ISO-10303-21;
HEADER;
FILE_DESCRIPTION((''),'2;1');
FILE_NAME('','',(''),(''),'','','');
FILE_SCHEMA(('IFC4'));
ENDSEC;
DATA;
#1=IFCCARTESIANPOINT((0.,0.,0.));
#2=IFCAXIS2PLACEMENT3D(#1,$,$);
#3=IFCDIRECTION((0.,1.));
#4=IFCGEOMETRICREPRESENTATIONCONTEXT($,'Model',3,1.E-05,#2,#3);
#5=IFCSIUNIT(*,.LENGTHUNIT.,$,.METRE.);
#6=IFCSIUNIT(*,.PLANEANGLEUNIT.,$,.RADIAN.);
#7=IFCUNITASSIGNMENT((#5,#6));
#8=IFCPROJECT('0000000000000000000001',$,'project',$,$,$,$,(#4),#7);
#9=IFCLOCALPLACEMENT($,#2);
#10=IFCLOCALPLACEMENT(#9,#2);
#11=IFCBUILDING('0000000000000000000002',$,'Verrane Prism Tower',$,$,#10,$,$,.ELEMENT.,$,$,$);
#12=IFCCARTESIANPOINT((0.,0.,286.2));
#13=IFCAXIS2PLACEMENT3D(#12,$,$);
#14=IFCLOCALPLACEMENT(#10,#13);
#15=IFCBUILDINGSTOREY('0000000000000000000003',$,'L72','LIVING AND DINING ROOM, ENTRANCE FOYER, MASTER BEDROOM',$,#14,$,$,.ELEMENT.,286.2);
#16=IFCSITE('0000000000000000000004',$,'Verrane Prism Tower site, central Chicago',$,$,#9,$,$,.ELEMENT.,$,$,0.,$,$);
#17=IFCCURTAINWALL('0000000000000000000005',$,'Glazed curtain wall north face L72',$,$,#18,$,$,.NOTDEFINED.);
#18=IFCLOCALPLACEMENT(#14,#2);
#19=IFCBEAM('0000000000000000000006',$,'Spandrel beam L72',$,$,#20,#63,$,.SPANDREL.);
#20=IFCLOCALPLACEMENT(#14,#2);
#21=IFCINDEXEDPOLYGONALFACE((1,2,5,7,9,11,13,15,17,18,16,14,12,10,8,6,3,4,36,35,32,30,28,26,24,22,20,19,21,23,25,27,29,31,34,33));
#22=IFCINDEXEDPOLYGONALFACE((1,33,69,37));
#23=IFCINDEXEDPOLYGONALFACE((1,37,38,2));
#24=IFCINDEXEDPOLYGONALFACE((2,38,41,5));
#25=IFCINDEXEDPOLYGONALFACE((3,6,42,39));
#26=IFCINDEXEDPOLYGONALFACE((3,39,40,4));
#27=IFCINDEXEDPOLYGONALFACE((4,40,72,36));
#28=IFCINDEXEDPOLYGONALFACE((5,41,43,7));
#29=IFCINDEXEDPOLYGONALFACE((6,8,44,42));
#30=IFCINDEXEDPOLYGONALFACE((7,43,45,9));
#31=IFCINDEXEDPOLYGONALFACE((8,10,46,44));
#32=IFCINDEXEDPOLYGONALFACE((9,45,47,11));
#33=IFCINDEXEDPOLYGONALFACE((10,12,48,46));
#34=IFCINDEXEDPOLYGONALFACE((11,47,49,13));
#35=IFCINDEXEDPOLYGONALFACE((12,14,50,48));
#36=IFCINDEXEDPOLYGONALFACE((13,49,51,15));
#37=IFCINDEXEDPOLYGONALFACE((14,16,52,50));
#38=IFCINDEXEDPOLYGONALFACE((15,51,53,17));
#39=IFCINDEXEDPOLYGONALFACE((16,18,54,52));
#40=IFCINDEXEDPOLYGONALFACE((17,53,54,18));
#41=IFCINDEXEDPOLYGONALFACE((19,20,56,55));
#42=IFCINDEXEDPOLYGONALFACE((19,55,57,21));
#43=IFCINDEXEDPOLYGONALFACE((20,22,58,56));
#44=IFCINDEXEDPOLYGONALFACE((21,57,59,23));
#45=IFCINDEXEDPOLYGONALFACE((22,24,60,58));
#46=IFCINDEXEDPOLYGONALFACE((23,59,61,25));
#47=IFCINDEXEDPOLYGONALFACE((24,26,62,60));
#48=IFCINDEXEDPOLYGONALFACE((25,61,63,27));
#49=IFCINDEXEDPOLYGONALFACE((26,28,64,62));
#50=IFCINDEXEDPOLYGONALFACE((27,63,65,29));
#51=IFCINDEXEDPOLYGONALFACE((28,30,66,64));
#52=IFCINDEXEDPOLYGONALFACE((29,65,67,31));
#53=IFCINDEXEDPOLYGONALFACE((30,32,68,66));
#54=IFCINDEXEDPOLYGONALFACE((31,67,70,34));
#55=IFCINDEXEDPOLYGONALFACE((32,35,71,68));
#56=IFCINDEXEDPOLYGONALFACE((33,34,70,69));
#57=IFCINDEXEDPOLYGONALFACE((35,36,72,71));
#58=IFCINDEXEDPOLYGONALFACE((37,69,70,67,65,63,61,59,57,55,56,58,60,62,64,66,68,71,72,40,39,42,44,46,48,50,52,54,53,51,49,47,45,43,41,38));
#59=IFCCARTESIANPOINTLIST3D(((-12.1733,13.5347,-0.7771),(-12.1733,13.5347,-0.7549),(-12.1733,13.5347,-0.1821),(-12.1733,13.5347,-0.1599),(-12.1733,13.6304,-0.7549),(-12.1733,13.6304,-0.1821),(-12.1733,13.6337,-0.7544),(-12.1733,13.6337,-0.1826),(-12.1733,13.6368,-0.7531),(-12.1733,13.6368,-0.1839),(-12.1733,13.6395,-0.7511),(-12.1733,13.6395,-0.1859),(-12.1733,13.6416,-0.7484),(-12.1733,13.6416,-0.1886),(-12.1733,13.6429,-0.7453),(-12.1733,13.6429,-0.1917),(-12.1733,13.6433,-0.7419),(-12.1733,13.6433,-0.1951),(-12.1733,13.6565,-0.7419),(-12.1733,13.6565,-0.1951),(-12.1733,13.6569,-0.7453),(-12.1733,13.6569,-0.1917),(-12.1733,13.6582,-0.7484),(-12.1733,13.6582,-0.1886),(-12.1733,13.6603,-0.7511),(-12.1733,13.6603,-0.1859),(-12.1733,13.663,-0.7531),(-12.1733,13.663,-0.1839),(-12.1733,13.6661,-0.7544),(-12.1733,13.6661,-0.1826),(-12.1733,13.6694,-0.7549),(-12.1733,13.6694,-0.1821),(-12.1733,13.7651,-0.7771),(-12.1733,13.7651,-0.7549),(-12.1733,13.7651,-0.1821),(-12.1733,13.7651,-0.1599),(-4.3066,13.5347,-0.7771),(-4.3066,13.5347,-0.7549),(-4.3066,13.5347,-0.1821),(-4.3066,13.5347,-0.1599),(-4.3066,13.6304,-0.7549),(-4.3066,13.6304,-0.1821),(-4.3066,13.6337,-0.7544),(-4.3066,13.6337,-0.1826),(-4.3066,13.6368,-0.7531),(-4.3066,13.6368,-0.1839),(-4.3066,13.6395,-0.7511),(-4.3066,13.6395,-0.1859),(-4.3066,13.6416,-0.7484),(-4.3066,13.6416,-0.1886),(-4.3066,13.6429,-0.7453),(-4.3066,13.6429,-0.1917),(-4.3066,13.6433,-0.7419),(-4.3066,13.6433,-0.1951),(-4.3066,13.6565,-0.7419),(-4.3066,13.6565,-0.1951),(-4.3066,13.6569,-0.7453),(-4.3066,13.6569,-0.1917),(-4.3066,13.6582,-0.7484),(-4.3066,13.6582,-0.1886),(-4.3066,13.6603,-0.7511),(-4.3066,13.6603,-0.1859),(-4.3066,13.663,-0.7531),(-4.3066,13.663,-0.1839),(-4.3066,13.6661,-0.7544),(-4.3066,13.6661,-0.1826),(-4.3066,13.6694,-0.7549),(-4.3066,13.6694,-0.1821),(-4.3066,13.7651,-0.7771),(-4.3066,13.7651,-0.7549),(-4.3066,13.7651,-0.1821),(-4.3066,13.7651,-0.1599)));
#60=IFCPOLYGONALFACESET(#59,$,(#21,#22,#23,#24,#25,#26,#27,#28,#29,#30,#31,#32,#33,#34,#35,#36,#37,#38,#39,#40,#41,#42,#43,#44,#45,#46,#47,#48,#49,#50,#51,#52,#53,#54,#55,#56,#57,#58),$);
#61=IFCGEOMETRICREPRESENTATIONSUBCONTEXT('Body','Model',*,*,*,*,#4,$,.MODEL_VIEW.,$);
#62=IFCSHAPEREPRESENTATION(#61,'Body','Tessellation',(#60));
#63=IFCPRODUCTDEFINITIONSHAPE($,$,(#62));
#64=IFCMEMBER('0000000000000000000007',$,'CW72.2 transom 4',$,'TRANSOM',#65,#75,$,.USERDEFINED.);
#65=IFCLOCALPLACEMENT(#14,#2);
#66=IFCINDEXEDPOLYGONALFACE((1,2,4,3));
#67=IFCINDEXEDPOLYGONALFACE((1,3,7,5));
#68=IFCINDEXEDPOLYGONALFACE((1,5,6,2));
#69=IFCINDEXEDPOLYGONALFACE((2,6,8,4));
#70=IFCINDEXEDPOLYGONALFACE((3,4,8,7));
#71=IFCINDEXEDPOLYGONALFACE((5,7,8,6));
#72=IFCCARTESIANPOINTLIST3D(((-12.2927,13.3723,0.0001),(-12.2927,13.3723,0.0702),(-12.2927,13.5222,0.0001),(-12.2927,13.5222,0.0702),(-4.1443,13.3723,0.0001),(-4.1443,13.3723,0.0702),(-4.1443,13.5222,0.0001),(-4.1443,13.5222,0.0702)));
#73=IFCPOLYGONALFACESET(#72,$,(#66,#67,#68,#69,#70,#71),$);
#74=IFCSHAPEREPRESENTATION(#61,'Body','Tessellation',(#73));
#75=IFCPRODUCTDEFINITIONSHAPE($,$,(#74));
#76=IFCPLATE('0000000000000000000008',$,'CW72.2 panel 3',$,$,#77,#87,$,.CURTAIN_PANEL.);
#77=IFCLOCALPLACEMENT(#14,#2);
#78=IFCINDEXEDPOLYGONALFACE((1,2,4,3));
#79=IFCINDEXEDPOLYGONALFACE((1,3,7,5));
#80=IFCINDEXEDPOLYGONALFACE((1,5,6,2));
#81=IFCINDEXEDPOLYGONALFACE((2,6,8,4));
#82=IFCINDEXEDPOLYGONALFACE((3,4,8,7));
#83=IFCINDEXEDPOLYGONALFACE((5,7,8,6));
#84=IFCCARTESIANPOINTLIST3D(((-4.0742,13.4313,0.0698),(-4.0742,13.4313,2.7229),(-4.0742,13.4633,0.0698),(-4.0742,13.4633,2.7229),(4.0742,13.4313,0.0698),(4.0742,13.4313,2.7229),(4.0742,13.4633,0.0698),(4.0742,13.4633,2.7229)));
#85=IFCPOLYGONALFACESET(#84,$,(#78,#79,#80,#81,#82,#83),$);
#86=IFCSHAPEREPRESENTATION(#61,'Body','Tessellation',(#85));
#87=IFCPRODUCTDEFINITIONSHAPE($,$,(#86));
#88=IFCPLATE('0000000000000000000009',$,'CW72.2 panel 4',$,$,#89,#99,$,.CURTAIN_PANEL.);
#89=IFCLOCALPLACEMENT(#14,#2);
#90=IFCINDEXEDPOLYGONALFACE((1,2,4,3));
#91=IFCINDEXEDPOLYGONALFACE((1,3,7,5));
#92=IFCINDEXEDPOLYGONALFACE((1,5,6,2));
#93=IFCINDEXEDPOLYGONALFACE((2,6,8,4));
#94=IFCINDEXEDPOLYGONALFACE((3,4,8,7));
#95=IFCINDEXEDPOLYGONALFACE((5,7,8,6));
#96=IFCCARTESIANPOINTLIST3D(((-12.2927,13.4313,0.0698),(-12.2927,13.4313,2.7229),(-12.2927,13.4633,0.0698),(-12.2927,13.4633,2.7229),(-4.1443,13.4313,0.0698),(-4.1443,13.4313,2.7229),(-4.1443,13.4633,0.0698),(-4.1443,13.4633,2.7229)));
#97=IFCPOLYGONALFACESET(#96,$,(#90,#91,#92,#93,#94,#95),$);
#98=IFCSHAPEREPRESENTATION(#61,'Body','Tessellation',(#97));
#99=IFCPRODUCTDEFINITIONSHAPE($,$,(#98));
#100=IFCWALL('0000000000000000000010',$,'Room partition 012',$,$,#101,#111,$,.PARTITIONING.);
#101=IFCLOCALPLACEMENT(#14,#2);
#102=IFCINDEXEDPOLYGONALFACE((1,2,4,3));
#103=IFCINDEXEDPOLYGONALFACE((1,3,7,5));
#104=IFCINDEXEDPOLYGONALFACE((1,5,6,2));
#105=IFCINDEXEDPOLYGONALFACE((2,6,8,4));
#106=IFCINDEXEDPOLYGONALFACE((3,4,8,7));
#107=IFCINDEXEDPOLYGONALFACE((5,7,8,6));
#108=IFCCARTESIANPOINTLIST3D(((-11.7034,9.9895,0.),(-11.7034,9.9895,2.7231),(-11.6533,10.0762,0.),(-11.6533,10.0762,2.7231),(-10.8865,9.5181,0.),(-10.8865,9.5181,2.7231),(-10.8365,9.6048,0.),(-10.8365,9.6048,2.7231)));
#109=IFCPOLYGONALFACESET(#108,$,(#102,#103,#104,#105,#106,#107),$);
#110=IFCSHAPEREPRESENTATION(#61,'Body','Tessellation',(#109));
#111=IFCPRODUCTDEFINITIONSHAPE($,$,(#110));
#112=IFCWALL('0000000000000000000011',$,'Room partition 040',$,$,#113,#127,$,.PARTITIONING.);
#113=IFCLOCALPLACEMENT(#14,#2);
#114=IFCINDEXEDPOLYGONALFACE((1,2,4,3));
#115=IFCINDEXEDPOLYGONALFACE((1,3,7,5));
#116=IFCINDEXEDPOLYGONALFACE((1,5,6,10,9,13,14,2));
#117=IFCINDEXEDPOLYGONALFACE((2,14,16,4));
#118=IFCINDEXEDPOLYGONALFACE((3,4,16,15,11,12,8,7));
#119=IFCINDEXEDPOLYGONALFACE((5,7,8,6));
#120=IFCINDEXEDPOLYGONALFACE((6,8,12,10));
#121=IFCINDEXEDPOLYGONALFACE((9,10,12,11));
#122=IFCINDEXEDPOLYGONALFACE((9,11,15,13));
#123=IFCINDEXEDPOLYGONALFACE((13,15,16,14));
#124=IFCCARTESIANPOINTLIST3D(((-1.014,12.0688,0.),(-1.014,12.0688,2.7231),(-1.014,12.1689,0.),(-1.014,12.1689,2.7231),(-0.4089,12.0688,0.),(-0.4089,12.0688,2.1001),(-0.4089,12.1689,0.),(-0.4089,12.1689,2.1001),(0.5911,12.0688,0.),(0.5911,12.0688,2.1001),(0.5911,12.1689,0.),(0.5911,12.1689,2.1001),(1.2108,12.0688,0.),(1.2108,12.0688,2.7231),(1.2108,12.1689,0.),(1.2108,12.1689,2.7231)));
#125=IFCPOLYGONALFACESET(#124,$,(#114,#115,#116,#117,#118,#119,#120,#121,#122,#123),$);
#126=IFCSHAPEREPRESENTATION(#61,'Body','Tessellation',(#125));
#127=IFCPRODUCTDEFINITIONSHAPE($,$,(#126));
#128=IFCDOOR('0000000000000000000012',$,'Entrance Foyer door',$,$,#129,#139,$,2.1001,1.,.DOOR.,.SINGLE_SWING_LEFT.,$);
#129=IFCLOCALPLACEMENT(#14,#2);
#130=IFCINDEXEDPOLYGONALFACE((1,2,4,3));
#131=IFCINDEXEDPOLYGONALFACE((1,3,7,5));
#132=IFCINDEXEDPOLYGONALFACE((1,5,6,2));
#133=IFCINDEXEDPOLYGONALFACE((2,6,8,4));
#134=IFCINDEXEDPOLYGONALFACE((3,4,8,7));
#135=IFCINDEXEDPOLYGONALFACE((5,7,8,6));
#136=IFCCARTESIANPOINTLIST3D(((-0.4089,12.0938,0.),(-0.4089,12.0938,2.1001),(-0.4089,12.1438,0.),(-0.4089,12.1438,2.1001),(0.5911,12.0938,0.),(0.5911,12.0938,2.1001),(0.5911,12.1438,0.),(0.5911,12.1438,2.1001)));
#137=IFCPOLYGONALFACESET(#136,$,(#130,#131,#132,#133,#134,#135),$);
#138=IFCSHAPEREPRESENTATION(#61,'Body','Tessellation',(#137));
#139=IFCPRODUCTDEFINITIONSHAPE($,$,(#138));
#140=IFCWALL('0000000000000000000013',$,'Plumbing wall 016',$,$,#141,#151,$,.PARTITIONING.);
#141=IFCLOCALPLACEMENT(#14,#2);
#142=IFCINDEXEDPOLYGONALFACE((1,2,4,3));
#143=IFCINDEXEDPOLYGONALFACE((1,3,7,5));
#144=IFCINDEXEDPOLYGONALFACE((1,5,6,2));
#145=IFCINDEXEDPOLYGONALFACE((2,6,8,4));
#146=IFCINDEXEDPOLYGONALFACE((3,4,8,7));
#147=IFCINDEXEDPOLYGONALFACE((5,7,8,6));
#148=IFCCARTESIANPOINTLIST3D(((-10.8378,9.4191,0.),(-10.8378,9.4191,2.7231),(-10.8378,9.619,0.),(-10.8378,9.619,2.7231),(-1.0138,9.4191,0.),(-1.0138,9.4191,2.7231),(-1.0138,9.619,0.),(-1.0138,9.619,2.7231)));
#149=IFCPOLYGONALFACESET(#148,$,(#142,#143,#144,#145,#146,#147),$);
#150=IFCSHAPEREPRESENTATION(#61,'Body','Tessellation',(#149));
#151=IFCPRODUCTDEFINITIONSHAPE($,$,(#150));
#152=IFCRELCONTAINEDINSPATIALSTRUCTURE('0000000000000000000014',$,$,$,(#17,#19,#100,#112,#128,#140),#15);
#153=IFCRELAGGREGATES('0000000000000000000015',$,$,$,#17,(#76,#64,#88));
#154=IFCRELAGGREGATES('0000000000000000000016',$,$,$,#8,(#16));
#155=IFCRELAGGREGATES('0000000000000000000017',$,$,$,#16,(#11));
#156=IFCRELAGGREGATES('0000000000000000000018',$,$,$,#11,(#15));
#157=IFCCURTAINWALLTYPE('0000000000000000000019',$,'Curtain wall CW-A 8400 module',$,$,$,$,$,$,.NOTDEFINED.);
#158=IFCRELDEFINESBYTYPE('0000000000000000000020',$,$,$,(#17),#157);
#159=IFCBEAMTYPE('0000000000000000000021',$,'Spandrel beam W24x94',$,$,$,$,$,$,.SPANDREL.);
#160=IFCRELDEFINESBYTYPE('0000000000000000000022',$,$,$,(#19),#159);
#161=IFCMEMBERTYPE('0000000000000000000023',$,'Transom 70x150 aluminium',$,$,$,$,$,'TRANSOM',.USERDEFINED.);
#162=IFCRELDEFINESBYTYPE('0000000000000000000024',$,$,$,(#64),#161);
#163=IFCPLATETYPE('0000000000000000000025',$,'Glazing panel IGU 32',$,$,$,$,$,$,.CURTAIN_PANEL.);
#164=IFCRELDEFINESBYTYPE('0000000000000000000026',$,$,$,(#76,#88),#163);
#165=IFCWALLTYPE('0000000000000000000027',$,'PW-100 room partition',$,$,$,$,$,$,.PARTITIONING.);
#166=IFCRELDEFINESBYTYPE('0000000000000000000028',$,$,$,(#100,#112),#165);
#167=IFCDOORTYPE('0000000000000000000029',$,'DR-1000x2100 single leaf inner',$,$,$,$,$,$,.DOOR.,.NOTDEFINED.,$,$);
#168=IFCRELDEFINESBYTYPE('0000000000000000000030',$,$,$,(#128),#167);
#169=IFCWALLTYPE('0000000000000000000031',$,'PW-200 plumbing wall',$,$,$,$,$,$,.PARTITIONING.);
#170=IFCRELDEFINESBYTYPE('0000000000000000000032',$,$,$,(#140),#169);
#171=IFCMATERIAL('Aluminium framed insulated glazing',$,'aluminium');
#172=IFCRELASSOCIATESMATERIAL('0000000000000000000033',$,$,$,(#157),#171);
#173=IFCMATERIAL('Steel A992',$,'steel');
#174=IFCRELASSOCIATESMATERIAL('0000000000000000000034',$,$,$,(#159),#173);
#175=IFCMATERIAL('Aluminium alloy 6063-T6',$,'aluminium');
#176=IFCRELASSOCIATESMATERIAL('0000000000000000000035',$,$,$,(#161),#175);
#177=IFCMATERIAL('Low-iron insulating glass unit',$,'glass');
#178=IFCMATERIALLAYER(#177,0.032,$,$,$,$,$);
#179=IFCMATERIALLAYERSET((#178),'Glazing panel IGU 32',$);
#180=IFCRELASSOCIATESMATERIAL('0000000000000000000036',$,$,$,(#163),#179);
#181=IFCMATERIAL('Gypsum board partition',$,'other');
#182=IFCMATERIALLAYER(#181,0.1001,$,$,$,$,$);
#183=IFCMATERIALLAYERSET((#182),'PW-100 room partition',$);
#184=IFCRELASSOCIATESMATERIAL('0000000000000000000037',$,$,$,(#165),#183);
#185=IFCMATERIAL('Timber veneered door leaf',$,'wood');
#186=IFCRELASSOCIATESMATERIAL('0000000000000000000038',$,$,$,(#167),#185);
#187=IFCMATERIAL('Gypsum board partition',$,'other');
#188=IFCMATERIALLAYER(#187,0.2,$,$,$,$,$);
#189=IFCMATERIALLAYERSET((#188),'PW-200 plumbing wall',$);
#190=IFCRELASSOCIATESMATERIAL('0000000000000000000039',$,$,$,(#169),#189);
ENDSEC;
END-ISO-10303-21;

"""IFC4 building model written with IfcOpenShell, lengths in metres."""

from ifc_helpers import new_model, si_unit, direction, frame, frame_2d, origin, origin_2d, place, context, subcontext, project, spatial, rectangle, i_section, extrude, material, layer, layer_set, material_profile, profile_set, type_object, element, fill, aggregate, save


model = new_model("IFC4")

# Units and contexts
model_context = context("Model", 3, precision=1e-05, world=origin(), true_north=direction((0.0, 1.0)))
body_context = subcontext(model_context, "Body", "Model", "MODEL_VIEW")
ifc_project = project(units=[si_unit("LENGTHUNIT", "METRE"), si_unit("PLANEANGLEUNIT", "RADIAN")], contexts=[model_context])

# Site, building, storey
site_placement = place(None, origin())
site = spatial("IfcSite", under=ifc_project, at=site_placement, Name="Verrane Prism Tower site, central Chicago", CompositionType="ELEMENT", RefElevation=0.0)
building_placement = place(site_placement, origin())
building = spatial("IfcBuilding", under=site, at=building_placement, Name="Verrane Prism Tower", CompositionType="ELEMENT")
storey_placement = place(building_placement, frame((0.0, 0.0, 286.2)))
storey = spatial("IfcBuildingStorey", under=building, at=storey_placement, Name="L72", Description="LIVING AND DINING ROOM, ENTRANCE FOYER, MASTER BEDROOM", CompositionType="ELEMENT", Elevation=286.2)

# Curtain wall
ifc_material_1 = material(Name="Aluminium framed insulated glazing", Category="aluminium")
curtain_wall_type = type_object("IfcCurtainWallType", Name="Curtain wall CW-A 8400 module", PredefinedType="NOTDEFINED", material=ifc_material_1)
curtain_wall_placement = place(storey_placement, origin())
curtain_wall = element("IfcCurtainWall", 1, at=curtain_wall_placement, inside=storey, type_object=curtain_wall_type, Name="Glazed curtain wall north face L72", PredefinedType="NOTDEFINED")

# Beam
ifc_material_2 = material(Name="Steel A992", Category="steel")
ifc_material_profile_1 = material_profile(ifc_material_2, i_section(OverallWidth=0.2305, OverallDepth=0.6172, WebThickness=0.0132, FlangeThickness=0.0222, FilletRadius=0.0129, at=origin_2d()), Name="W24x94")
ifc_profile_set_1 = profile_set([ifc_material_profile_1], Name="Steel A992")
beam_type_1 = type_object("IfcBeamType", Name="Spandrel beam W24x94", PredefinedType="SPANDREL", material=ifc_profile_set_1)
beam_1_placement = place(storey_placement, frame((-4.3066, 13.6499, -0.4685), z_axis=(-1.0, 0.0, 0.0), x_axis=(0.0, -1.0, 0.0)))
element("IfcBeam", 2, at=beam_1_placement, inside=storey, type_object=beam_type_1, Name="Spandrel beam L72", PredefinedType="SPANDREL", context=body_context, shape_type="SweptSolid", body=[
    extrude(i_section(OverallWidth=0.2305, OverallDepth=0.6172, WebThickness=0.0132, FlangeThickness=0.0222, FilletRadius=0.0129, at=origin_2d()), origin(), (0.0, 0.0, 1.0), 7.8667),
])

# Member
ifc_material_3 = material(Name="Aluminium alloy 6063-T6", Category="aluminium")
ifc_material_profile_2 = material_profile(ifc_material_3, rectangle(XDim=0.1499, YDim=0.0701, at=origin_2d()), Name="Transom 70x150 aluminium")
ifc_profile_set_2 = profile_set([ifc_material_profile_2], Name="Aluminium alloy 6063-T6")
member_type_1 = type_object("IfcMemberType", Name="Transom 70x150 aluminium", ElementType="TRANSOM", PredefinedType="USERDEFINED", material=ifc_profile_set_2)
member_1_placement = place(storey_placement, frame((-4.1443, 13.4473, 0.0352), z_axis=(-1.0, 0.0, 0.0), x_axis=(0.0, -1.0, 0.0)))
member_1 = element("IfcMember", 3, at=member_1_placement, type_object=member_type_1, Name="CW72.2 transom 4", ObjectType="TRANSOM", PredefinedType="USERDEFINED", context=body_context, shape_type="SweptSolid", body=[
    extrude(rectangle(XDim=0.1499, YDim=0.0701, at=origin_2d()), origin(), (0.0, 0.0, 1.0), 8.1484),
])

# Plates
ifc_material_4 = material(Name="Low-iron insulating glass unit", Category="glass")
ifc_layer_1 = layer(ifc_material_4, 0.032)
ifc_layer_set_1 = layer_set([ifc_layer_1], Name="Glazing panel IGU 32")
plate_type = type_object("IfcPlateType", Name="Glazing panel IGU 32", PredefinedType="CURTAIN_PANEL", material=ifc_layer_set_1)
plate_1_placement = place(storey_placement, frame((0.0, 13.4473, 0.0698), z_axis=(0.0, 0.0, 1.0), x_axis=(-1.0, 0.0, 0.0)))
plate_1 = element("IfcPlate", 4, at=plate_1_placement, type_object=plate_type, Name="CW72.2 panel 3", PredefinedType="CURTAIN_PANEL", context=body_context, shape_type="SweptSolid", body=[
    extrude(rectangle(XDim=8.1484, YDim=0.032, at=origin_2d()), origin(), (0.0, 0.0, 1.0), 2.6531),
])
plate_2_placement = place(storey_placement, frame((-8.2185, 13.4473, 0.0698), z_axis=(0.0, 0.0, 1.0), x_axis=(-1.0, 0.0, 0.0)))
plate_2 = element("IfcPlate", 5, at=plate_2_placement, type_object=plate_type, Name="CW72.2 panel 4", PredefinedType="CURTAIN_PANEL", context=body_context, shape_type="SweptSolid", body=[
    extrude(rectangle(XDim=8.1484, YDim=0.032, at=origin_2d()), origin(), (0.0, 0.0, 1.0), 2.6531),
])
aggregate(curtain_wall, [plate_1, member_1, plate_2])

# Wall
ifc_material_5 = material(Name="Gypsum board partition", Category="other")
ifc_layer_2 = layer(ifc_material_5, 0.1001)
ifc_layer_set_2 = layer_set([ifc_layer_2], Name="PW-100 room partition")
wall_type_1 = type_object("IfcWallType", Name="PW-100 room partition", PredefinedType="PARTITIONING", material=ifc_layer_set_2)
wall_1_placement = place(storey_placement, frame((-11.6785, 10.033, 0.0), z_axis=(0.0, 0.0, 1.0), x_axis=(0.866117, -0.499842, 0.0)))
element("IfcWall", 6, at=wall_1_placement, inside=storey, type_object=wall_type_1, Name="Room partition 012", PredefinedType="PARTITIONING", context=body_context, shape_type="SweptSolid", body=[
    extrude(rectangle(XDim=0.9431, YDim=0.1001, at=frame_2d((0.4717, 0.0))), origin(), (0.0, 0.0, 1.0), 2.7231),
])

# Wall, opening, door
wall_2_placement = place(storey_placement, frame((-1.0139, 12.1189, 0.0), z_axis=(0.0, 0.0, 1.0), x_axis=(1.0, 0.0, 0.0)))
wall_2 = element("IfcWall", 7, at=wall_2_placement, inside=storey, type_object=wall_type_1, Name="Room partition 040", PredefinedType="PARTITIONING", context=body_context, shape_type="SweptSolid", body=[
    extrude(rectangle(XDim=2.2249, YDim=0.1001, at=frame_2d((1.1123, 0.0))), origin(), (0.0, 0.0, 1.0), 2.7231),
])
opening_1_placement = place(wall_2_placement, frame((0.605, 0.0, 0.0)))
opening_1 = element("IfcOpeningElement", 8, at=opening_1_placement, cuts=wall_2, PredefinedType="OPENING", context=body_context, shape_type="SweptSolid", body=[
    extrude(rectangle(XDim=1.0, YDim=2.1001, at=frame_2d((0.5, 1.05))), frame((0.0, 0.0601, 0.0), z_axis=(0.0, -1.0, 0.0), x_axis=(1.0, 0.0, 0.0)), (0.0, 0.0, 1.0), 0.1201),
])
ifc_material_6 = material(Name="Timber veneered door leaf", Category="wood")
door_type_1 = type_object("IfcDoorType", Name="DR-1000x2100 single leaf inner", OperationType="NOTDEFINED", PredefinedType="DOOR", material=ifc_material_6)
door_1_placement = place(opening_1_placement, origin())
door_1 = element("IfcDoor", 9, at=door_1_placement, inside=storey, type_object=door_type_1, Name="Entrance Foyer door", OperationType="SINGLE_SWING_LEFT", OverallHeight=2.1001, OverallWidth=1.0, PredefinedType="DOOR", context=body_context, shape_type="SweptSolid", body=[
    extrude(rectangle(XDim=1.0, YDim=2.1001, at=frame_2d((0.5, 1.05))), frame((0.0, 0.0249, 0.0), z_axis=(0.0, -1.0, 0.0), x_axis=(1.0, 0.0, 0.0)), (0.0, 0.0, 1.0), 0.05),
])
fill(opening_1, door_1)

# Wall
ifc_material_7 = material(Name="Gypsum board partition", Category="other")
ifc_layer_3 = layer(ifc_material_7, 0.2)
ifc_layer_set_3 = layer_set([ifc_layer_3], Name="PW-200 plumbing wall")
wall_type_2 = type_object("IfcWallType", Name="PW-200 plumbing wall", PredefinedType="PARTITIONING", material=ifc_layer_set_3)
wall_3_placement = place(storey_placement, frame((-10.8379, 9.519, 0.0), z_axis=(0.0, 0.0, 1.0), x_axis=(1.0, 0.0, 0.0)))
element("IfcWall", 10, at=wall_3_placement, inside=storey, type_object=wall_type_2, Name="Plumbing wall 016", PredefinedType="PARTITIONING", context=body_context, shape_type="SweptSolid", body=[
    extrude(rectangle(XDim=9.824, YDim=0.2, at=frame_2d((4.9121, 0.0))), origin(), (0.0, 0.0, 1.0), 2.7231),
])

save(model, "model.ifc")
